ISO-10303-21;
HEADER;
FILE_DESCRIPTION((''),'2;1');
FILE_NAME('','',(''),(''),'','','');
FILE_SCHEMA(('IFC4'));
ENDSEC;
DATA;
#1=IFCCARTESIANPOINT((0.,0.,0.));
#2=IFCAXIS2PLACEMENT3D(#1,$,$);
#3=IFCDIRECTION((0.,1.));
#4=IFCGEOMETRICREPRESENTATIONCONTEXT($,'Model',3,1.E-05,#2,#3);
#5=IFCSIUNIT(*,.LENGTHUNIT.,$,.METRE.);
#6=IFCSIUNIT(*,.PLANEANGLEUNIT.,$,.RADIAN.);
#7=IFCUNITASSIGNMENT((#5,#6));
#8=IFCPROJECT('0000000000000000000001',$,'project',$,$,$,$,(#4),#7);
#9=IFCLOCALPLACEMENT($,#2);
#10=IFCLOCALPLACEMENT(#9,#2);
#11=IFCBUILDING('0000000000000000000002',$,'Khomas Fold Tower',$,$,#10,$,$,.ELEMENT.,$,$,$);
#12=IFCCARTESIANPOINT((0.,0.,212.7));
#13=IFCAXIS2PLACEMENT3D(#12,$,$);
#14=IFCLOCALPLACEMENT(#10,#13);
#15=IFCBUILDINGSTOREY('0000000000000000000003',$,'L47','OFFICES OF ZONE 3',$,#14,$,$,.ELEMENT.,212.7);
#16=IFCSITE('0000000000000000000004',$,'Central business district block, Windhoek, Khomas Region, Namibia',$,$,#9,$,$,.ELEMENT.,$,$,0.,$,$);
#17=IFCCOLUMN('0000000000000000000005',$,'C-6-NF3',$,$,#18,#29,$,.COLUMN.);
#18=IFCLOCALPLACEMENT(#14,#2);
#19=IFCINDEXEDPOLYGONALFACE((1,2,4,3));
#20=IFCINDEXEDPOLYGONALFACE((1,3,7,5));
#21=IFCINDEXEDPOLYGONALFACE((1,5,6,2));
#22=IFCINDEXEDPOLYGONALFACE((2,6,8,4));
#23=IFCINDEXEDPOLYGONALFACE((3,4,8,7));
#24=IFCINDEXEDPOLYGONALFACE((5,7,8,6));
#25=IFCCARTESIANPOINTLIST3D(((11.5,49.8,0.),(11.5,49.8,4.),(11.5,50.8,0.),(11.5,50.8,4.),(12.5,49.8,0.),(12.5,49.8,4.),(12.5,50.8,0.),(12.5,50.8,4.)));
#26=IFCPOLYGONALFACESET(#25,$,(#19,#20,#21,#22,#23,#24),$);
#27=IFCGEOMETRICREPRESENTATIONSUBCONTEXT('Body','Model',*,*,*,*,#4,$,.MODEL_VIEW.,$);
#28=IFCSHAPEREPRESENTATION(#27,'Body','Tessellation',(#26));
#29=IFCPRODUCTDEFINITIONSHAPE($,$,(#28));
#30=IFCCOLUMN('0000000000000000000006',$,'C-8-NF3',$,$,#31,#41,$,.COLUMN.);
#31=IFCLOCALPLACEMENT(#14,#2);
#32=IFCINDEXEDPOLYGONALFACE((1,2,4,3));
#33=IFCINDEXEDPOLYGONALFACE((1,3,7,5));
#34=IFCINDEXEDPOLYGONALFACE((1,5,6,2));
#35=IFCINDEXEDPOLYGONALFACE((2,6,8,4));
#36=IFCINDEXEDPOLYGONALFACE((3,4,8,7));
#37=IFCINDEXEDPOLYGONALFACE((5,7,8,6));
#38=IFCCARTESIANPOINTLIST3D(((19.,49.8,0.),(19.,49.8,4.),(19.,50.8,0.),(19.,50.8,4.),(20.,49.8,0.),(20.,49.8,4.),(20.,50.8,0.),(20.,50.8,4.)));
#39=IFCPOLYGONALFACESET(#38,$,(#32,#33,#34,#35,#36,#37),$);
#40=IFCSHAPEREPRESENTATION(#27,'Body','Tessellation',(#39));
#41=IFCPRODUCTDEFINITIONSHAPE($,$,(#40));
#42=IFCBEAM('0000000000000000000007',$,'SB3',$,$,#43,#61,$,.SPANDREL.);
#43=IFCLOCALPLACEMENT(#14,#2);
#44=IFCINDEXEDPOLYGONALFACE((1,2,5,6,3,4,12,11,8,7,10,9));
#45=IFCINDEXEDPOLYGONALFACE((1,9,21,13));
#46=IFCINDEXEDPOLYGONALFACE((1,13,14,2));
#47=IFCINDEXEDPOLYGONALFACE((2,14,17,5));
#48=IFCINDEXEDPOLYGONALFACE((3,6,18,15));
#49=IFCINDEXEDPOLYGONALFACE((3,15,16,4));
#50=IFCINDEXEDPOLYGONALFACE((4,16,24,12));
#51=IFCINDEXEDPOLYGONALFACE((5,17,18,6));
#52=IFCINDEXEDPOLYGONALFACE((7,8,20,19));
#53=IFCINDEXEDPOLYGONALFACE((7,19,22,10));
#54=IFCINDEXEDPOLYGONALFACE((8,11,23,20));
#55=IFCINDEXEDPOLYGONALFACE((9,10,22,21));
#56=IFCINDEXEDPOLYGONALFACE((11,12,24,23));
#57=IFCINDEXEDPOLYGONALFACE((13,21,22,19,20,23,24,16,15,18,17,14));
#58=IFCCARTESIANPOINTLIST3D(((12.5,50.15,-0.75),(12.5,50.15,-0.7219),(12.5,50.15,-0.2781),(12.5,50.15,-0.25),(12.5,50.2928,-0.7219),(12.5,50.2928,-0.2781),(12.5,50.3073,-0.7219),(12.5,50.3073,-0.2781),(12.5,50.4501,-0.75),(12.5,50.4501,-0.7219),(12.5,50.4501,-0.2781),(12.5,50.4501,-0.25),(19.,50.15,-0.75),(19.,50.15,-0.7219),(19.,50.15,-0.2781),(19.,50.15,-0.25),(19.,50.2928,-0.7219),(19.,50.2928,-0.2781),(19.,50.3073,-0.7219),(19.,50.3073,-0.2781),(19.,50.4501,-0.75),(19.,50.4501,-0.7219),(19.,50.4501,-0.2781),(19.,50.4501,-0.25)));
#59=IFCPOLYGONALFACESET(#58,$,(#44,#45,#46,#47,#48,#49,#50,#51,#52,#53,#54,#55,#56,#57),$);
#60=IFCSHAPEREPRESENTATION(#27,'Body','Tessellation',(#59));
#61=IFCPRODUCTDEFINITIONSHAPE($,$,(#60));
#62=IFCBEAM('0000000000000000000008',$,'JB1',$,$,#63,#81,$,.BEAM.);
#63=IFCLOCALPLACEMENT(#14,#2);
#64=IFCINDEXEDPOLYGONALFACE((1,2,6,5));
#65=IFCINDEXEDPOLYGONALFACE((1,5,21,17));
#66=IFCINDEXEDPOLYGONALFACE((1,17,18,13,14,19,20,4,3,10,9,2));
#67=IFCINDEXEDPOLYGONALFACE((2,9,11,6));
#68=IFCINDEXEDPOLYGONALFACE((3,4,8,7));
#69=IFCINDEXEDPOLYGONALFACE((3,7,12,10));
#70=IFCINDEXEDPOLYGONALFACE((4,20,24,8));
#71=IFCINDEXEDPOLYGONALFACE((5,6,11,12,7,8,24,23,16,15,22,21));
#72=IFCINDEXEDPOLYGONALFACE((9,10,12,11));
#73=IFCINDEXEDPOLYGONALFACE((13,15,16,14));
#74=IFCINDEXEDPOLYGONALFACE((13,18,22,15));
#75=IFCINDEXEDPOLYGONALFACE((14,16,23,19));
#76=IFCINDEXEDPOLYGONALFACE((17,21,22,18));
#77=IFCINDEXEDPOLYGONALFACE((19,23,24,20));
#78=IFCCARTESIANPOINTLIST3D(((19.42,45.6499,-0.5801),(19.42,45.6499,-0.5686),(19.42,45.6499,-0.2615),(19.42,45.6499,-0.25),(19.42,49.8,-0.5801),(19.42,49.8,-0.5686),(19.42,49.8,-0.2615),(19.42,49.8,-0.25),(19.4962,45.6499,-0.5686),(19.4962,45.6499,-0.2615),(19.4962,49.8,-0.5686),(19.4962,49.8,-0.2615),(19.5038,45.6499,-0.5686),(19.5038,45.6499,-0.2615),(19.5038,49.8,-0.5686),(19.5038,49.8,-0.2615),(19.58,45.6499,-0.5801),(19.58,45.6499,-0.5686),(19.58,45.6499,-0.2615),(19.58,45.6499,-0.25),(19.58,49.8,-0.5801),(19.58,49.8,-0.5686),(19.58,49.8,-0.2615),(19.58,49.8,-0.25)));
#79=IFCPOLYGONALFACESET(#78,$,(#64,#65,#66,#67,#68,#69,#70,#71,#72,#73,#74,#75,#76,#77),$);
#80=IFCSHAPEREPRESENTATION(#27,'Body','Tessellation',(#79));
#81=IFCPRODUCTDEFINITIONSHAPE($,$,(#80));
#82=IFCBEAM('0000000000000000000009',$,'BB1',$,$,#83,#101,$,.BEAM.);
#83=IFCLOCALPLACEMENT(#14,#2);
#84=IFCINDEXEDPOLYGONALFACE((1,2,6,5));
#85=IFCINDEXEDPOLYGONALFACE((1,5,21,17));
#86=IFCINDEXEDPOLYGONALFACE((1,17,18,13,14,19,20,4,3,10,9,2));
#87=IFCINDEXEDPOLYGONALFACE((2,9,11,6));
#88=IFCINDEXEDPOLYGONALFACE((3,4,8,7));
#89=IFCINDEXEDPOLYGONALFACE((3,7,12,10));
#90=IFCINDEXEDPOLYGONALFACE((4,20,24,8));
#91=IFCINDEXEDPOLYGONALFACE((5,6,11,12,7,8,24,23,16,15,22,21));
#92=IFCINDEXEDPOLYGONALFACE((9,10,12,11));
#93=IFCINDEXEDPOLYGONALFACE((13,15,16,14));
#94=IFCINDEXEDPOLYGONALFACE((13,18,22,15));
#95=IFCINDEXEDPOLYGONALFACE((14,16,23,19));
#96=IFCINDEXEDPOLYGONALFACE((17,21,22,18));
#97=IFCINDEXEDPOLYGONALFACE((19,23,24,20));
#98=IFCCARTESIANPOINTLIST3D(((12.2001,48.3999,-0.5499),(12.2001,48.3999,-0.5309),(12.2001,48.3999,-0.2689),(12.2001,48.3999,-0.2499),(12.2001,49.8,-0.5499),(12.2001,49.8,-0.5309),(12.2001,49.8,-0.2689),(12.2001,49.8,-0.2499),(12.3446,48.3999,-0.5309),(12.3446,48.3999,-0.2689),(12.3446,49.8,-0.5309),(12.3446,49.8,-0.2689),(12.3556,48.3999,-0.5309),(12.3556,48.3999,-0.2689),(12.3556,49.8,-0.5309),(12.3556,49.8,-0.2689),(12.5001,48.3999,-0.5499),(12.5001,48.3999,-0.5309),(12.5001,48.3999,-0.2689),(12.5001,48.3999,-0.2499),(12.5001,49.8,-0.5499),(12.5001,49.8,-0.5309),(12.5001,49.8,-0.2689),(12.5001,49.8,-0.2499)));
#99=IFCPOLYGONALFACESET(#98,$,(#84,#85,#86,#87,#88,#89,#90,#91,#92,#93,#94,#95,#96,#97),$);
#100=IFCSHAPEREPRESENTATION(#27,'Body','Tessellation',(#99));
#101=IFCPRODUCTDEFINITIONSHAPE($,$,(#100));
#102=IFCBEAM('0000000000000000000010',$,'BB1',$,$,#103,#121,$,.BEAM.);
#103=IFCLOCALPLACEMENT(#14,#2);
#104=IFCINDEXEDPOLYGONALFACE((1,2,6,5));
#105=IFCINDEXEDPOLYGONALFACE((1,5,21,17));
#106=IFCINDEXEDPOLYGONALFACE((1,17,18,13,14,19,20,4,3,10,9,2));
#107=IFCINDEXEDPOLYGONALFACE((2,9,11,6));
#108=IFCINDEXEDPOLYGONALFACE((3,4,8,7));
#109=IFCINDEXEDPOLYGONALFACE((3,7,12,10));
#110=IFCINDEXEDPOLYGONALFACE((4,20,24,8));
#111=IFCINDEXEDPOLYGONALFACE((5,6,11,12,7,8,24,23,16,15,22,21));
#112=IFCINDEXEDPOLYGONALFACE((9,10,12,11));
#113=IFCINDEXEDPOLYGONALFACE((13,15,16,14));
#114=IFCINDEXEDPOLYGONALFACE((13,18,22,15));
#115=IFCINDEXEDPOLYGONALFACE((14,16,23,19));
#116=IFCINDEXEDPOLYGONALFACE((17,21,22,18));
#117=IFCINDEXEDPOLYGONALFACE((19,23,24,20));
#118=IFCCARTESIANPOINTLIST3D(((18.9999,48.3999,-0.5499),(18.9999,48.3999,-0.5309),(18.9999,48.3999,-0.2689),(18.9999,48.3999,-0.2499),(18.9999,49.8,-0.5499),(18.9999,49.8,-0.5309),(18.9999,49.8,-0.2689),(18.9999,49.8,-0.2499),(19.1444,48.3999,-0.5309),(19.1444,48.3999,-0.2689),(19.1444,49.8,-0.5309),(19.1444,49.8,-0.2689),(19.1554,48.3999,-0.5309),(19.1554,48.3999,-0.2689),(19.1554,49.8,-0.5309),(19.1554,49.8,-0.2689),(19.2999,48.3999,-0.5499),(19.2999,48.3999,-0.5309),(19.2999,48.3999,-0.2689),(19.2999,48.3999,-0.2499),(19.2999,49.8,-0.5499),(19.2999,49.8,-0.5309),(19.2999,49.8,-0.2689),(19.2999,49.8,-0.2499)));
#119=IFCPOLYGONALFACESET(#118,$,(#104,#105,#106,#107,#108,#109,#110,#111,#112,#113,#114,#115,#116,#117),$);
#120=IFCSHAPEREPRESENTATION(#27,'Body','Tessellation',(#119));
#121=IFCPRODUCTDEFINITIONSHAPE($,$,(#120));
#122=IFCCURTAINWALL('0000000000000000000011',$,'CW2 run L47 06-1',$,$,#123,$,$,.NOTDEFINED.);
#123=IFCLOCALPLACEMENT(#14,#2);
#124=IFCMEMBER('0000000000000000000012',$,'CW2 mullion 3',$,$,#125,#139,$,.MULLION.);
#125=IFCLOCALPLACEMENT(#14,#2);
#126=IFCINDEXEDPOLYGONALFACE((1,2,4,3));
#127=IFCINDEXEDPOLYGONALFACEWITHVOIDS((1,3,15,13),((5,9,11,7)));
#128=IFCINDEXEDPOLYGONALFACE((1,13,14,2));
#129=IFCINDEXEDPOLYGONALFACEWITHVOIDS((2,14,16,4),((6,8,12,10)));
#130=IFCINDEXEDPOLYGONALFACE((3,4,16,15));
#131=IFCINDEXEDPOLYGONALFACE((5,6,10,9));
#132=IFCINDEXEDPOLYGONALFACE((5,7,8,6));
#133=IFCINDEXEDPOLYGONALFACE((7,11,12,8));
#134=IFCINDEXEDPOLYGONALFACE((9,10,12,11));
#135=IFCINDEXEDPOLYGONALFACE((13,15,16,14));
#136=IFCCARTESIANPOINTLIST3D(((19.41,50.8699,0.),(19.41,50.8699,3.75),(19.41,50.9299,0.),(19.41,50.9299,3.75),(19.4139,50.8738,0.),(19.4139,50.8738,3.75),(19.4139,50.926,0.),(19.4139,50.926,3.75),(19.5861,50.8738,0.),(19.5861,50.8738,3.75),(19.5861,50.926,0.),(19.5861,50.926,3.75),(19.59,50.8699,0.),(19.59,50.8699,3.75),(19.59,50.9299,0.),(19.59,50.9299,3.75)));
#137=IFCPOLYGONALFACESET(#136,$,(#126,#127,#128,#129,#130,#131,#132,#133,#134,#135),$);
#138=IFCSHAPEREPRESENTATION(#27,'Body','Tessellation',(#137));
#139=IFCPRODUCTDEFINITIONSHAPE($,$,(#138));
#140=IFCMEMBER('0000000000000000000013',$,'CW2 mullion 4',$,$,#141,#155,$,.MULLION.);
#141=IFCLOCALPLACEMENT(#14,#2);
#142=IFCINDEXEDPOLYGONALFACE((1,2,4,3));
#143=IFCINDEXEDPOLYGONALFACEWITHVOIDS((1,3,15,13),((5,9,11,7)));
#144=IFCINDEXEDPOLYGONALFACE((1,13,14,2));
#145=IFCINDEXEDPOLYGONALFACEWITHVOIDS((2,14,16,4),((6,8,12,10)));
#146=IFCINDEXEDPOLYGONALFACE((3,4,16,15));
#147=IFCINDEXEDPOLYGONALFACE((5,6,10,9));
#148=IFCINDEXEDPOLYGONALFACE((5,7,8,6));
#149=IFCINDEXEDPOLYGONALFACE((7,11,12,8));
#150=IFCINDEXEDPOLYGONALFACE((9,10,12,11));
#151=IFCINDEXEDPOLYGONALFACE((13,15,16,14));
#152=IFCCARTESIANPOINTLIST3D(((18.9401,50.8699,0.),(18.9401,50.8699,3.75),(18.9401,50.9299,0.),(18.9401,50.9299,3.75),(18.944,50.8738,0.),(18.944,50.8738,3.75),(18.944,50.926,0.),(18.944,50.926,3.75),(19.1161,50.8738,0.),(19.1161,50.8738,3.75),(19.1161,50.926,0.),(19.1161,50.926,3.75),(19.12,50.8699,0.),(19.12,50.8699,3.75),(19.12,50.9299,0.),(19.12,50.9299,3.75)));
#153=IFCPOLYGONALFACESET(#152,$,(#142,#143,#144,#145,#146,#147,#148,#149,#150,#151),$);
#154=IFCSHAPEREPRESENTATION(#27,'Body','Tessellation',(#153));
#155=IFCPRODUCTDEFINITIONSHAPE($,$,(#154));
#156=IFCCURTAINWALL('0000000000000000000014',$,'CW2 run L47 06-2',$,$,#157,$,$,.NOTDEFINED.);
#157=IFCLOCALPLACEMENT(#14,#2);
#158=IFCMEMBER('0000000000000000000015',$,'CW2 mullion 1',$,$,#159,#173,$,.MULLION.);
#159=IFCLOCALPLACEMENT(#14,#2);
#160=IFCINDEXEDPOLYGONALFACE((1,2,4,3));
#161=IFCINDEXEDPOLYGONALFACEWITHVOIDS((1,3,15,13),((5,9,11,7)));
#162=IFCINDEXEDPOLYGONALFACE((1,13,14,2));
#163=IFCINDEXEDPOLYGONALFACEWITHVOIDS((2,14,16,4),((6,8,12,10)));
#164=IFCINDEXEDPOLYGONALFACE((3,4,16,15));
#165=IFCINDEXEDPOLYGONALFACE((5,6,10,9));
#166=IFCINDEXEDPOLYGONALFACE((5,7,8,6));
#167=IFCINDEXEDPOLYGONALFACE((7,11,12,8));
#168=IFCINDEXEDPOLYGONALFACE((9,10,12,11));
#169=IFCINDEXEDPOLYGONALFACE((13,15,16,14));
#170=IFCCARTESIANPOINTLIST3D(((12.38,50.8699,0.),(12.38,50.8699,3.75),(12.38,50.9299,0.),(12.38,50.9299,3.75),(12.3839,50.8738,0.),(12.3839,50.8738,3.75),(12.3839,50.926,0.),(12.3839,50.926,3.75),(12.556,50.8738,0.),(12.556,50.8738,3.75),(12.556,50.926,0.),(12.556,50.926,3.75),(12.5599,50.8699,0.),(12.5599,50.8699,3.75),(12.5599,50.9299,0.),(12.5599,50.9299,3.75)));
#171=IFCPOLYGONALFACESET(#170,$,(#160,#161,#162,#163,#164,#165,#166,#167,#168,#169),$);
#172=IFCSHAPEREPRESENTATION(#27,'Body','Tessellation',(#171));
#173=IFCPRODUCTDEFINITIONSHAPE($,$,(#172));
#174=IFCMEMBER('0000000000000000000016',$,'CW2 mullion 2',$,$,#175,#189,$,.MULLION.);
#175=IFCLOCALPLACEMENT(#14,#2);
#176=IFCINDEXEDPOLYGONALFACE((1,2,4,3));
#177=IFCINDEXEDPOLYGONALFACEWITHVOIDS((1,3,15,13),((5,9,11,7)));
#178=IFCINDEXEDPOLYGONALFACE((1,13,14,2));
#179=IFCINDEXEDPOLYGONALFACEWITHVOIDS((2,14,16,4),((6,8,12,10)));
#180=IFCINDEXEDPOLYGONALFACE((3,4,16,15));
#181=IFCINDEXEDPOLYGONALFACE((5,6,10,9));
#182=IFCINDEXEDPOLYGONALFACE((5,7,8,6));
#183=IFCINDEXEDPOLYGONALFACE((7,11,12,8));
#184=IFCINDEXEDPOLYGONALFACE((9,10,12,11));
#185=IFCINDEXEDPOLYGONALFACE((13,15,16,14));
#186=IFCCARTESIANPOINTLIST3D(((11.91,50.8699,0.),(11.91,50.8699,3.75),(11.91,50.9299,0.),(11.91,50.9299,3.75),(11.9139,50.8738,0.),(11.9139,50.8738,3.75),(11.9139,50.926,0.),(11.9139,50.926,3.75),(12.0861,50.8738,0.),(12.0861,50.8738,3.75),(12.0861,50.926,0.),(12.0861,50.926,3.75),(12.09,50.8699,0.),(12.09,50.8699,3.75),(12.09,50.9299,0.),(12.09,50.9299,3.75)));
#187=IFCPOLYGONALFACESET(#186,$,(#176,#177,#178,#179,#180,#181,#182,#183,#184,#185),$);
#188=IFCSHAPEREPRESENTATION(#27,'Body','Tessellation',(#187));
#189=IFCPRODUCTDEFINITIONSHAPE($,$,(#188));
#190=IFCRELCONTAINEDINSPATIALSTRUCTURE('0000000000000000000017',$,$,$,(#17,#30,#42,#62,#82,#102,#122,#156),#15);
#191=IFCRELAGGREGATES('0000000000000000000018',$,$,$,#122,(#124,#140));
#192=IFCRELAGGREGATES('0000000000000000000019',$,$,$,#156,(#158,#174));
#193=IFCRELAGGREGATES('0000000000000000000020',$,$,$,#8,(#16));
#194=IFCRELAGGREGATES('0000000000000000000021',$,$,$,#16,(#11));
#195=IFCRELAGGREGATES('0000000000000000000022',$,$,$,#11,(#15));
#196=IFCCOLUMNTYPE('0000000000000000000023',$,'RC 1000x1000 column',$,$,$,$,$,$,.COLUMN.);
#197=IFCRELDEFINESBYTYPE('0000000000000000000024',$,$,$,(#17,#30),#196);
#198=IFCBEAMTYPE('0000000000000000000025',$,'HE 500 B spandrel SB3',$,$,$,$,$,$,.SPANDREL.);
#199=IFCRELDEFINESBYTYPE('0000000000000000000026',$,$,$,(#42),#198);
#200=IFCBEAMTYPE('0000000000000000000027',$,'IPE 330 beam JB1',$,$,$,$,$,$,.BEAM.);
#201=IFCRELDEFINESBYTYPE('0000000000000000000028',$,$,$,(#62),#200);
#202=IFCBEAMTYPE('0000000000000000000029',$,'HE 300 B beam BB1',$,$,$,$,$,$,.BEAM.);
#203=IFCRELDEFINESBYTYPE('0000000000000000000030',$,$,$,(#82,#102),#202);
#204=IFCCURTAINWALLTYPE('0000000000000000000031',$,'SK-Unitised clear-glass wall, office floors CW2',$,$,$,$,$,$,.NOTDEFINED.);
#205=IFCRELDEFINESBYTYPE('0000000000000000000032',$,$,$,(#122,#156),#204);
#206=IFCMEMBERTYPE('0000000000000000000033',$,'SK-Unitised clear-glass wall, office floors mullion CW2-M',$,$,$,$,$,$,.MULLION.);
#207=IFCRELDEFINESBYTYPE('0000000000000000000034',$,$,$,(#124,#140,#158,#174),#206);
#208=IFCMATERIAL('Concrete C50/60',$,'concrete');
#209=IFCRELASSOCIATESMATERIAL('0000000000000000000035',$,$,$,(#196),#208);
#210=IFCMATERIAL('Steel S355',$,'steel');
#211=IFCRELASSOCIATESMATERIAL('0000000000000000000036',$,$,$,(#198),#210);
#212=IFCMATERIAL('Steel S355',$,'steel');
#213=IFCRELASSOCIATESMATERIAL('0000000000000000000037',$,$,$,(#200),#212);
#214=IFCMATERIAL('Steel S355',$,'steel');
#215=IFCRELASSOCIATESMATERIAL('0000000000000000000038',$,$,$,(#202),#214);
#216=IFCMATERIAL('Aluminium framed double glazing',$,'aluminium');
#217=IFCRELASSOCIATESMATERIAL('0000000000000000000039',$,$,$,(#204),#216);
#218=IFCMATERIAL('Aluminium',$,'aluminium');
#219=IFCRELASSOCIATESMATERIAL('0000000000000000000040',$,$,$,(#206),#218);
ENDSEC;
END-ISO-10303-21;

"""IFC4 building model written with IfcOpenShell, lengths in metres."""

from ifc_helpers import new_model, si_unit, direction, frame, origin, origin_2d, place, context, subcontext, project, spatial, rectangle, hollow_rectangle, i_section, extrude, source, transform, mapped, material, material_profile, profile_set, type_object, element, aggregate, save


model = new_model("IFC4")

# Units and contexts
model_context = context("Model", 3, precision=1e-05, world=origin(), true_north=direction((0.0, 1.0)))
body_context = subcontext(model_context, "Body", "Model", "MODEL_VIEW")
ifc_project = project(units=[si_unit("LENGTHUNIT", "METRE"), si_unit("PLANEANGLEUNIT", "RADIAN")], contexts=[model_context])

# Site, building, storey
site_placement = place(None, origin())
site = spatial("IfcSite", under=ifc_project, at=site_placement, Name="Central business district block, Windhoek, Khomas Region, Namibia", CompositionType="ELEMENT", RefElevation=0.0)
building_placement = place(site_placement, origin())
building = spatial("IfcBuilding", under=site, at=building_placement, Name="Khomas Fold Tower", CompositionType="ELEMENT")
storey_placement = place(building_placement, frame((0.0, 0.0, 212.7)))
storey = spatial("IfcBuildingStorey", under=building, at=storey_placement, Name="L47", Description="OFFICES OF ZONE 3", CompositionType="ELEMENT", Elevation=212.7)

# Columns
ifc_material_1 = material(Name="Concrete C50/60", Category="concrete")
ifc_material_profile_1 = material_profile(ifc_material_1, rectangle(XDim=1.0, YDim=1.0, at=origin_2d()), Name="RC 1000x1000")
ifc_profile_set_1 = profile_set([ifc_material_profile_1], Name="Concrete C50/60")
column_type = type_object("IfcColumnType", Name="RC 1000x1000 column", PredefinedType="COLUMN", material=ifc_profile_set_1)
shared_shape_1 = source(origin(), body_context, "Body", "SweptSolid", [
    extrude(rectangle(XDim=1.0, YDim=1.0, at=origin_2d()), origin(), (0.0, 0.0, 1.0), 4.0),
])
for number, where, z_axis, x_axis, name in (
    (1, (12.0, 50.3, 0.0), (0.0, 0.0, 1.0), (1.0, 0.0, 0.0), "C-6-NF3"),
    (2, (19.5, 50.3, 0.0), (0.0, 0.0, 1.0), (1.0, 0.0, 0.0), "C-8-NF3"),
):
    element("IfcColumn", number, at=place(storey_placement, frame(where, z_axis=z_axis, x_axis=x_axis)), inside=storey, type_object=column_type, Name=name, PredefinedType="COLUMN", context=body_context, shape_type="MappedRepresentation", body=[
        mapped(shared_shape_1, transform((0.0, 0.0, 0.0))),
    ])

# Beams
ifc_material_2 = material(Name="Steel S355", Category="steel")
ifc_material_profile_2 = material_profile(ifc_material_2, i_section(OverallWidth=0.3, OverallDepth=0.5, WebThickness=0.0144, FlangeThickness=0.0281, at=origin_2d()), Name="HE 500 B")
ifc_profile_set_2 = profile_set([ifc_material_profile_2], Name="Steel S355")
beam_type_1 = type_object("IfcBeamType", Name="HE 500 B spandrel SB3", PredefinedType="SPANDREL", material=ifc_profile_set_2)
shared_shape_2 = source(origin(), body_context, "Body", "SweptSolid", [
    extrude(i_section(OverallWidth=0.3, OverallDepth=0.5, WebThickness=0.0144, FlangeThickness=0.0281, at=origin_2d()), origin(), (0.0, 0.0, 1.0), 6.5),
])
beam_1_placement = place(storey_placement, frame((12.5, 50.3, -0.5), z_axis=(1.0, 0.0, 0.0), x_axis=(0.0, 1.0, 0.0)))
element("IfcBeam", 3, at=beam_1_placement, inside=storey, type_object=beam_type_1, Name="SB3", PredefinedType="SPANDREL", context=body_context, shape_type="MappedRepresentation", body=[
    mapped(shared_shape_2, transform((0.0, 0.0, 0.0))),
])
ifc_material_3 = material(Name="Steel S355", Category="steel")
ifc_material_profile_3 = material_profile(ifc_material_3, i_section(OverallWidth=0.1599, OverallDepth=0.3301, WebThickness=0.0076, FlangeThickness=0.0115, at=origin_2d()), Name="IPE 330")
ifc_profile_set_3 = profile_set([ifc_material_profile_3], Name="Steel S355")
beam_type_2 = type_object("IfcBeamType", Name="IPE 330 beam JB1", PredefinedType="BEAM", material=ifc_profile_set_3)
shared_shape_3 = source(origin(), body_context, "Body", "SweptSolid", [
    extrude(i_section(OverallWidth=0.1599, OverallDepth=0.3301, WebThickness=0.0076, FlangeThickness=0.0115, at=origin_2d()), origin(), (0.0, 0.0, 1.0), 4.1501),
])
beam_2_placement = place(storey_placement, frame((19.5, 45.6499, -0.415), z_axis=(0.0, 1.0, 0.0), x_axis=(-1.0, 0.0, 0.0)))
element("IfcBeam", 4, at=beam_2_placement, inside=storey, type_object=beam_type_2, Name="JB1", PredefinedType="BEAM", context=body_context, shape_type="MappedRepresentation", body=[
    mapped(shared_shape_3, transform((0.0, 0.0, 0.0))),
])
ifc_material_4 = material(Name="Steel S355", Category="steel")
ifc_material_profile_4 = material_profile(ifc_material_4, i_section(OverallWidth=0.3, OverallDepth=0.3, WebThickness=0.011, FlangeThickness=0.019, at=origin_2d()), Name="HE 300 B")
ifc_profile_set_4 = profile_set([ifc_material_profile_4], Name="Steel S355")
beam_type_3 = type_object("IfcBeamType", Name="HE 300 B beam BB1", PredefinedType="BEAM", material=ifc_profile_set_4)
shared_shape_4 = source(origin(), body_context, "Body", "SweptSolid", [
    extrude(i_section(OverallWidth=0.3, OverallDepth=0.3, WebThickness=0.011, FlangeThickness=0.019, at=origin_2d()), origin(), (0.0, 0.0, 1.0), 1.4001),
])
for number, where, z_axis, x_axis, name in (
    (5, (12.3501, 48.3999, -0.3999), (0.0, 1.0, 0.0), (-1.0, 0.0, 0.0), "BB1"),
    (6, (19.1499, 48.3999, -0.3999), (0.0, 1.0, 0.0), (-1.0, 0.0, 0.0), "BB1"),
):
    element("IfcBeam", number, at=place(storey_placement, frame(where, z_axis=z_axis, x_axis=x_axis)), inside=storey, type_object=beam_type_3, Name=name, PredefinedType="BEAM", context=body_context, shape_type="MappedRepresentation", body=[
        mapped(shared_shape_4, transform((0.0, 0.0, 0.0))),
    ])

# Curtain walls, members
ifc_material_5 = material(Name="Aluminium framed double glazing", Category="aluminium")
curtain_wall_type = type_object("IfcCurtainWallType", Name="SK-Unitised clear-glass wall, office floors CW2", PredefinedType="NOTDEFINED", material=ifc_material_5)
curtain_wall_1_placement = place(storey_placement, origin())
curtain_wall_1 = element("IfcCurtainWall", 7, at=curtain_wall_1_placement, inside=storey, type_object=curtain_wall_type, Name="CW2 run L47 06-1", PredefinedType="NOTDEFINED")
ifc_material_6 = material(Name="Aluminium", Category="aluminium")
ifc_material_profile_5 = material_profile(ifc_material_6, hollow_rectangle(XDim=0.0601, YDim=0.1799, WallThickness=0.0039, at=origin_2d()), Name="SK-Unitised clear-glass wall, office floors mullion CW2-M")
ifc_profile_set_5 = profile_set([ifc_material_profile_5], Name="Aluminium")
member_type_1 = type_object("IfcMemberType", Name="SK-Unitised clear-glass wall, office floors mullion CW2-M", PredefinedType="MULLION", material=ifc_profile_set_5)
shared_shape_5 = source(origin(), body_context, "Body", "SweptSolid", [
    extrude(hollow_rectangle(XDim=0.0601, YDim=0.1799, WallThickness=0.0039, at=origin_2d()), origin(), (0.0, 0.0, 1.0), 3.75),
])
member_1_placement = place(storey_placement, frame((19.5, 50.8999, 0.0), z_axis=(0.0, 0.0, 1.0), x_axis=(0.0, -1.0, 0.0)))
member_1 = element("IfcMember", 8, at=member_1_placement, type_object=member_type_1, Name="CW2 mullion 3", PredefinedType="MULLION", context=body_context, shape_type="MappedRepresentation", body=[
    mapped(shared_shape_5, transform((0.0, 0.0, 0.0))),
])
member_2_placement = place(storey_placement, frame((19.03, 50.8999, 0.0), z_axis=(0.0, 0.0, 1.0), x_axis=(0.0, -1.0, 0.0)))
member_2 = element("IfcMember", 9, at=member_2_placement, type_object=member_type_1, Name="CW2 mullion 4", PredefinedType="MULLION", context=body_context, shape_type="MappedRepresentation", body=[
    mapped(shared_shape_5, transform((0.0, 0.0, 0.0))),
])
curtain_wall_2_placement = place(storey_placement, origin())
curtain_wall_2 = element("IfcCurtainWall", 10, at=curtain_wall_2_placement, inside=storey, type_object=curtain_wall_type, Name="CW2 run L47 06-2", PredefinedType="NOTDEFINED")
member_3_placement = place(storey_placement, frame((12.47, 50.8999, 0.0), z_axis=(0.0, 0.0, 1.0), x_axis=(0.0, -1.0, 0.0)))
member_3 = element("IfcMember", 11, at=member_3_placement, type_object=member_type_1, Name="CW2 mullion 1", PredefinedType="MULLION", context=body_context, shape_type="MappedRepresentation", body=[
    mapped(shared_shape_5, transform((0.0, 0.0, 0.0))),
])
member_4_placement = place(storey_placement, frame((12.0, 50.8999, 0.0), z_axis=(0.0, 0.0, 1.0), x_axis=(0.0, -1.0, 0.0)))
member_4 = element("IfcMember", 12, at=member_4_placement, type_object=member_type_1, Name="CW2 mullion 2", PredefinedType="MULLION", context=body_context, shape_type="MappedRepresentation", body=[
    mapped(shared_shape_5, transform((0.0, 0.0, 0.0))),
])

aggregate(curtain_wall_1, [member_1, member_2])
aggregate(curtain_wall_2, [member_3, member_4])

save(model, "model.ifc")
